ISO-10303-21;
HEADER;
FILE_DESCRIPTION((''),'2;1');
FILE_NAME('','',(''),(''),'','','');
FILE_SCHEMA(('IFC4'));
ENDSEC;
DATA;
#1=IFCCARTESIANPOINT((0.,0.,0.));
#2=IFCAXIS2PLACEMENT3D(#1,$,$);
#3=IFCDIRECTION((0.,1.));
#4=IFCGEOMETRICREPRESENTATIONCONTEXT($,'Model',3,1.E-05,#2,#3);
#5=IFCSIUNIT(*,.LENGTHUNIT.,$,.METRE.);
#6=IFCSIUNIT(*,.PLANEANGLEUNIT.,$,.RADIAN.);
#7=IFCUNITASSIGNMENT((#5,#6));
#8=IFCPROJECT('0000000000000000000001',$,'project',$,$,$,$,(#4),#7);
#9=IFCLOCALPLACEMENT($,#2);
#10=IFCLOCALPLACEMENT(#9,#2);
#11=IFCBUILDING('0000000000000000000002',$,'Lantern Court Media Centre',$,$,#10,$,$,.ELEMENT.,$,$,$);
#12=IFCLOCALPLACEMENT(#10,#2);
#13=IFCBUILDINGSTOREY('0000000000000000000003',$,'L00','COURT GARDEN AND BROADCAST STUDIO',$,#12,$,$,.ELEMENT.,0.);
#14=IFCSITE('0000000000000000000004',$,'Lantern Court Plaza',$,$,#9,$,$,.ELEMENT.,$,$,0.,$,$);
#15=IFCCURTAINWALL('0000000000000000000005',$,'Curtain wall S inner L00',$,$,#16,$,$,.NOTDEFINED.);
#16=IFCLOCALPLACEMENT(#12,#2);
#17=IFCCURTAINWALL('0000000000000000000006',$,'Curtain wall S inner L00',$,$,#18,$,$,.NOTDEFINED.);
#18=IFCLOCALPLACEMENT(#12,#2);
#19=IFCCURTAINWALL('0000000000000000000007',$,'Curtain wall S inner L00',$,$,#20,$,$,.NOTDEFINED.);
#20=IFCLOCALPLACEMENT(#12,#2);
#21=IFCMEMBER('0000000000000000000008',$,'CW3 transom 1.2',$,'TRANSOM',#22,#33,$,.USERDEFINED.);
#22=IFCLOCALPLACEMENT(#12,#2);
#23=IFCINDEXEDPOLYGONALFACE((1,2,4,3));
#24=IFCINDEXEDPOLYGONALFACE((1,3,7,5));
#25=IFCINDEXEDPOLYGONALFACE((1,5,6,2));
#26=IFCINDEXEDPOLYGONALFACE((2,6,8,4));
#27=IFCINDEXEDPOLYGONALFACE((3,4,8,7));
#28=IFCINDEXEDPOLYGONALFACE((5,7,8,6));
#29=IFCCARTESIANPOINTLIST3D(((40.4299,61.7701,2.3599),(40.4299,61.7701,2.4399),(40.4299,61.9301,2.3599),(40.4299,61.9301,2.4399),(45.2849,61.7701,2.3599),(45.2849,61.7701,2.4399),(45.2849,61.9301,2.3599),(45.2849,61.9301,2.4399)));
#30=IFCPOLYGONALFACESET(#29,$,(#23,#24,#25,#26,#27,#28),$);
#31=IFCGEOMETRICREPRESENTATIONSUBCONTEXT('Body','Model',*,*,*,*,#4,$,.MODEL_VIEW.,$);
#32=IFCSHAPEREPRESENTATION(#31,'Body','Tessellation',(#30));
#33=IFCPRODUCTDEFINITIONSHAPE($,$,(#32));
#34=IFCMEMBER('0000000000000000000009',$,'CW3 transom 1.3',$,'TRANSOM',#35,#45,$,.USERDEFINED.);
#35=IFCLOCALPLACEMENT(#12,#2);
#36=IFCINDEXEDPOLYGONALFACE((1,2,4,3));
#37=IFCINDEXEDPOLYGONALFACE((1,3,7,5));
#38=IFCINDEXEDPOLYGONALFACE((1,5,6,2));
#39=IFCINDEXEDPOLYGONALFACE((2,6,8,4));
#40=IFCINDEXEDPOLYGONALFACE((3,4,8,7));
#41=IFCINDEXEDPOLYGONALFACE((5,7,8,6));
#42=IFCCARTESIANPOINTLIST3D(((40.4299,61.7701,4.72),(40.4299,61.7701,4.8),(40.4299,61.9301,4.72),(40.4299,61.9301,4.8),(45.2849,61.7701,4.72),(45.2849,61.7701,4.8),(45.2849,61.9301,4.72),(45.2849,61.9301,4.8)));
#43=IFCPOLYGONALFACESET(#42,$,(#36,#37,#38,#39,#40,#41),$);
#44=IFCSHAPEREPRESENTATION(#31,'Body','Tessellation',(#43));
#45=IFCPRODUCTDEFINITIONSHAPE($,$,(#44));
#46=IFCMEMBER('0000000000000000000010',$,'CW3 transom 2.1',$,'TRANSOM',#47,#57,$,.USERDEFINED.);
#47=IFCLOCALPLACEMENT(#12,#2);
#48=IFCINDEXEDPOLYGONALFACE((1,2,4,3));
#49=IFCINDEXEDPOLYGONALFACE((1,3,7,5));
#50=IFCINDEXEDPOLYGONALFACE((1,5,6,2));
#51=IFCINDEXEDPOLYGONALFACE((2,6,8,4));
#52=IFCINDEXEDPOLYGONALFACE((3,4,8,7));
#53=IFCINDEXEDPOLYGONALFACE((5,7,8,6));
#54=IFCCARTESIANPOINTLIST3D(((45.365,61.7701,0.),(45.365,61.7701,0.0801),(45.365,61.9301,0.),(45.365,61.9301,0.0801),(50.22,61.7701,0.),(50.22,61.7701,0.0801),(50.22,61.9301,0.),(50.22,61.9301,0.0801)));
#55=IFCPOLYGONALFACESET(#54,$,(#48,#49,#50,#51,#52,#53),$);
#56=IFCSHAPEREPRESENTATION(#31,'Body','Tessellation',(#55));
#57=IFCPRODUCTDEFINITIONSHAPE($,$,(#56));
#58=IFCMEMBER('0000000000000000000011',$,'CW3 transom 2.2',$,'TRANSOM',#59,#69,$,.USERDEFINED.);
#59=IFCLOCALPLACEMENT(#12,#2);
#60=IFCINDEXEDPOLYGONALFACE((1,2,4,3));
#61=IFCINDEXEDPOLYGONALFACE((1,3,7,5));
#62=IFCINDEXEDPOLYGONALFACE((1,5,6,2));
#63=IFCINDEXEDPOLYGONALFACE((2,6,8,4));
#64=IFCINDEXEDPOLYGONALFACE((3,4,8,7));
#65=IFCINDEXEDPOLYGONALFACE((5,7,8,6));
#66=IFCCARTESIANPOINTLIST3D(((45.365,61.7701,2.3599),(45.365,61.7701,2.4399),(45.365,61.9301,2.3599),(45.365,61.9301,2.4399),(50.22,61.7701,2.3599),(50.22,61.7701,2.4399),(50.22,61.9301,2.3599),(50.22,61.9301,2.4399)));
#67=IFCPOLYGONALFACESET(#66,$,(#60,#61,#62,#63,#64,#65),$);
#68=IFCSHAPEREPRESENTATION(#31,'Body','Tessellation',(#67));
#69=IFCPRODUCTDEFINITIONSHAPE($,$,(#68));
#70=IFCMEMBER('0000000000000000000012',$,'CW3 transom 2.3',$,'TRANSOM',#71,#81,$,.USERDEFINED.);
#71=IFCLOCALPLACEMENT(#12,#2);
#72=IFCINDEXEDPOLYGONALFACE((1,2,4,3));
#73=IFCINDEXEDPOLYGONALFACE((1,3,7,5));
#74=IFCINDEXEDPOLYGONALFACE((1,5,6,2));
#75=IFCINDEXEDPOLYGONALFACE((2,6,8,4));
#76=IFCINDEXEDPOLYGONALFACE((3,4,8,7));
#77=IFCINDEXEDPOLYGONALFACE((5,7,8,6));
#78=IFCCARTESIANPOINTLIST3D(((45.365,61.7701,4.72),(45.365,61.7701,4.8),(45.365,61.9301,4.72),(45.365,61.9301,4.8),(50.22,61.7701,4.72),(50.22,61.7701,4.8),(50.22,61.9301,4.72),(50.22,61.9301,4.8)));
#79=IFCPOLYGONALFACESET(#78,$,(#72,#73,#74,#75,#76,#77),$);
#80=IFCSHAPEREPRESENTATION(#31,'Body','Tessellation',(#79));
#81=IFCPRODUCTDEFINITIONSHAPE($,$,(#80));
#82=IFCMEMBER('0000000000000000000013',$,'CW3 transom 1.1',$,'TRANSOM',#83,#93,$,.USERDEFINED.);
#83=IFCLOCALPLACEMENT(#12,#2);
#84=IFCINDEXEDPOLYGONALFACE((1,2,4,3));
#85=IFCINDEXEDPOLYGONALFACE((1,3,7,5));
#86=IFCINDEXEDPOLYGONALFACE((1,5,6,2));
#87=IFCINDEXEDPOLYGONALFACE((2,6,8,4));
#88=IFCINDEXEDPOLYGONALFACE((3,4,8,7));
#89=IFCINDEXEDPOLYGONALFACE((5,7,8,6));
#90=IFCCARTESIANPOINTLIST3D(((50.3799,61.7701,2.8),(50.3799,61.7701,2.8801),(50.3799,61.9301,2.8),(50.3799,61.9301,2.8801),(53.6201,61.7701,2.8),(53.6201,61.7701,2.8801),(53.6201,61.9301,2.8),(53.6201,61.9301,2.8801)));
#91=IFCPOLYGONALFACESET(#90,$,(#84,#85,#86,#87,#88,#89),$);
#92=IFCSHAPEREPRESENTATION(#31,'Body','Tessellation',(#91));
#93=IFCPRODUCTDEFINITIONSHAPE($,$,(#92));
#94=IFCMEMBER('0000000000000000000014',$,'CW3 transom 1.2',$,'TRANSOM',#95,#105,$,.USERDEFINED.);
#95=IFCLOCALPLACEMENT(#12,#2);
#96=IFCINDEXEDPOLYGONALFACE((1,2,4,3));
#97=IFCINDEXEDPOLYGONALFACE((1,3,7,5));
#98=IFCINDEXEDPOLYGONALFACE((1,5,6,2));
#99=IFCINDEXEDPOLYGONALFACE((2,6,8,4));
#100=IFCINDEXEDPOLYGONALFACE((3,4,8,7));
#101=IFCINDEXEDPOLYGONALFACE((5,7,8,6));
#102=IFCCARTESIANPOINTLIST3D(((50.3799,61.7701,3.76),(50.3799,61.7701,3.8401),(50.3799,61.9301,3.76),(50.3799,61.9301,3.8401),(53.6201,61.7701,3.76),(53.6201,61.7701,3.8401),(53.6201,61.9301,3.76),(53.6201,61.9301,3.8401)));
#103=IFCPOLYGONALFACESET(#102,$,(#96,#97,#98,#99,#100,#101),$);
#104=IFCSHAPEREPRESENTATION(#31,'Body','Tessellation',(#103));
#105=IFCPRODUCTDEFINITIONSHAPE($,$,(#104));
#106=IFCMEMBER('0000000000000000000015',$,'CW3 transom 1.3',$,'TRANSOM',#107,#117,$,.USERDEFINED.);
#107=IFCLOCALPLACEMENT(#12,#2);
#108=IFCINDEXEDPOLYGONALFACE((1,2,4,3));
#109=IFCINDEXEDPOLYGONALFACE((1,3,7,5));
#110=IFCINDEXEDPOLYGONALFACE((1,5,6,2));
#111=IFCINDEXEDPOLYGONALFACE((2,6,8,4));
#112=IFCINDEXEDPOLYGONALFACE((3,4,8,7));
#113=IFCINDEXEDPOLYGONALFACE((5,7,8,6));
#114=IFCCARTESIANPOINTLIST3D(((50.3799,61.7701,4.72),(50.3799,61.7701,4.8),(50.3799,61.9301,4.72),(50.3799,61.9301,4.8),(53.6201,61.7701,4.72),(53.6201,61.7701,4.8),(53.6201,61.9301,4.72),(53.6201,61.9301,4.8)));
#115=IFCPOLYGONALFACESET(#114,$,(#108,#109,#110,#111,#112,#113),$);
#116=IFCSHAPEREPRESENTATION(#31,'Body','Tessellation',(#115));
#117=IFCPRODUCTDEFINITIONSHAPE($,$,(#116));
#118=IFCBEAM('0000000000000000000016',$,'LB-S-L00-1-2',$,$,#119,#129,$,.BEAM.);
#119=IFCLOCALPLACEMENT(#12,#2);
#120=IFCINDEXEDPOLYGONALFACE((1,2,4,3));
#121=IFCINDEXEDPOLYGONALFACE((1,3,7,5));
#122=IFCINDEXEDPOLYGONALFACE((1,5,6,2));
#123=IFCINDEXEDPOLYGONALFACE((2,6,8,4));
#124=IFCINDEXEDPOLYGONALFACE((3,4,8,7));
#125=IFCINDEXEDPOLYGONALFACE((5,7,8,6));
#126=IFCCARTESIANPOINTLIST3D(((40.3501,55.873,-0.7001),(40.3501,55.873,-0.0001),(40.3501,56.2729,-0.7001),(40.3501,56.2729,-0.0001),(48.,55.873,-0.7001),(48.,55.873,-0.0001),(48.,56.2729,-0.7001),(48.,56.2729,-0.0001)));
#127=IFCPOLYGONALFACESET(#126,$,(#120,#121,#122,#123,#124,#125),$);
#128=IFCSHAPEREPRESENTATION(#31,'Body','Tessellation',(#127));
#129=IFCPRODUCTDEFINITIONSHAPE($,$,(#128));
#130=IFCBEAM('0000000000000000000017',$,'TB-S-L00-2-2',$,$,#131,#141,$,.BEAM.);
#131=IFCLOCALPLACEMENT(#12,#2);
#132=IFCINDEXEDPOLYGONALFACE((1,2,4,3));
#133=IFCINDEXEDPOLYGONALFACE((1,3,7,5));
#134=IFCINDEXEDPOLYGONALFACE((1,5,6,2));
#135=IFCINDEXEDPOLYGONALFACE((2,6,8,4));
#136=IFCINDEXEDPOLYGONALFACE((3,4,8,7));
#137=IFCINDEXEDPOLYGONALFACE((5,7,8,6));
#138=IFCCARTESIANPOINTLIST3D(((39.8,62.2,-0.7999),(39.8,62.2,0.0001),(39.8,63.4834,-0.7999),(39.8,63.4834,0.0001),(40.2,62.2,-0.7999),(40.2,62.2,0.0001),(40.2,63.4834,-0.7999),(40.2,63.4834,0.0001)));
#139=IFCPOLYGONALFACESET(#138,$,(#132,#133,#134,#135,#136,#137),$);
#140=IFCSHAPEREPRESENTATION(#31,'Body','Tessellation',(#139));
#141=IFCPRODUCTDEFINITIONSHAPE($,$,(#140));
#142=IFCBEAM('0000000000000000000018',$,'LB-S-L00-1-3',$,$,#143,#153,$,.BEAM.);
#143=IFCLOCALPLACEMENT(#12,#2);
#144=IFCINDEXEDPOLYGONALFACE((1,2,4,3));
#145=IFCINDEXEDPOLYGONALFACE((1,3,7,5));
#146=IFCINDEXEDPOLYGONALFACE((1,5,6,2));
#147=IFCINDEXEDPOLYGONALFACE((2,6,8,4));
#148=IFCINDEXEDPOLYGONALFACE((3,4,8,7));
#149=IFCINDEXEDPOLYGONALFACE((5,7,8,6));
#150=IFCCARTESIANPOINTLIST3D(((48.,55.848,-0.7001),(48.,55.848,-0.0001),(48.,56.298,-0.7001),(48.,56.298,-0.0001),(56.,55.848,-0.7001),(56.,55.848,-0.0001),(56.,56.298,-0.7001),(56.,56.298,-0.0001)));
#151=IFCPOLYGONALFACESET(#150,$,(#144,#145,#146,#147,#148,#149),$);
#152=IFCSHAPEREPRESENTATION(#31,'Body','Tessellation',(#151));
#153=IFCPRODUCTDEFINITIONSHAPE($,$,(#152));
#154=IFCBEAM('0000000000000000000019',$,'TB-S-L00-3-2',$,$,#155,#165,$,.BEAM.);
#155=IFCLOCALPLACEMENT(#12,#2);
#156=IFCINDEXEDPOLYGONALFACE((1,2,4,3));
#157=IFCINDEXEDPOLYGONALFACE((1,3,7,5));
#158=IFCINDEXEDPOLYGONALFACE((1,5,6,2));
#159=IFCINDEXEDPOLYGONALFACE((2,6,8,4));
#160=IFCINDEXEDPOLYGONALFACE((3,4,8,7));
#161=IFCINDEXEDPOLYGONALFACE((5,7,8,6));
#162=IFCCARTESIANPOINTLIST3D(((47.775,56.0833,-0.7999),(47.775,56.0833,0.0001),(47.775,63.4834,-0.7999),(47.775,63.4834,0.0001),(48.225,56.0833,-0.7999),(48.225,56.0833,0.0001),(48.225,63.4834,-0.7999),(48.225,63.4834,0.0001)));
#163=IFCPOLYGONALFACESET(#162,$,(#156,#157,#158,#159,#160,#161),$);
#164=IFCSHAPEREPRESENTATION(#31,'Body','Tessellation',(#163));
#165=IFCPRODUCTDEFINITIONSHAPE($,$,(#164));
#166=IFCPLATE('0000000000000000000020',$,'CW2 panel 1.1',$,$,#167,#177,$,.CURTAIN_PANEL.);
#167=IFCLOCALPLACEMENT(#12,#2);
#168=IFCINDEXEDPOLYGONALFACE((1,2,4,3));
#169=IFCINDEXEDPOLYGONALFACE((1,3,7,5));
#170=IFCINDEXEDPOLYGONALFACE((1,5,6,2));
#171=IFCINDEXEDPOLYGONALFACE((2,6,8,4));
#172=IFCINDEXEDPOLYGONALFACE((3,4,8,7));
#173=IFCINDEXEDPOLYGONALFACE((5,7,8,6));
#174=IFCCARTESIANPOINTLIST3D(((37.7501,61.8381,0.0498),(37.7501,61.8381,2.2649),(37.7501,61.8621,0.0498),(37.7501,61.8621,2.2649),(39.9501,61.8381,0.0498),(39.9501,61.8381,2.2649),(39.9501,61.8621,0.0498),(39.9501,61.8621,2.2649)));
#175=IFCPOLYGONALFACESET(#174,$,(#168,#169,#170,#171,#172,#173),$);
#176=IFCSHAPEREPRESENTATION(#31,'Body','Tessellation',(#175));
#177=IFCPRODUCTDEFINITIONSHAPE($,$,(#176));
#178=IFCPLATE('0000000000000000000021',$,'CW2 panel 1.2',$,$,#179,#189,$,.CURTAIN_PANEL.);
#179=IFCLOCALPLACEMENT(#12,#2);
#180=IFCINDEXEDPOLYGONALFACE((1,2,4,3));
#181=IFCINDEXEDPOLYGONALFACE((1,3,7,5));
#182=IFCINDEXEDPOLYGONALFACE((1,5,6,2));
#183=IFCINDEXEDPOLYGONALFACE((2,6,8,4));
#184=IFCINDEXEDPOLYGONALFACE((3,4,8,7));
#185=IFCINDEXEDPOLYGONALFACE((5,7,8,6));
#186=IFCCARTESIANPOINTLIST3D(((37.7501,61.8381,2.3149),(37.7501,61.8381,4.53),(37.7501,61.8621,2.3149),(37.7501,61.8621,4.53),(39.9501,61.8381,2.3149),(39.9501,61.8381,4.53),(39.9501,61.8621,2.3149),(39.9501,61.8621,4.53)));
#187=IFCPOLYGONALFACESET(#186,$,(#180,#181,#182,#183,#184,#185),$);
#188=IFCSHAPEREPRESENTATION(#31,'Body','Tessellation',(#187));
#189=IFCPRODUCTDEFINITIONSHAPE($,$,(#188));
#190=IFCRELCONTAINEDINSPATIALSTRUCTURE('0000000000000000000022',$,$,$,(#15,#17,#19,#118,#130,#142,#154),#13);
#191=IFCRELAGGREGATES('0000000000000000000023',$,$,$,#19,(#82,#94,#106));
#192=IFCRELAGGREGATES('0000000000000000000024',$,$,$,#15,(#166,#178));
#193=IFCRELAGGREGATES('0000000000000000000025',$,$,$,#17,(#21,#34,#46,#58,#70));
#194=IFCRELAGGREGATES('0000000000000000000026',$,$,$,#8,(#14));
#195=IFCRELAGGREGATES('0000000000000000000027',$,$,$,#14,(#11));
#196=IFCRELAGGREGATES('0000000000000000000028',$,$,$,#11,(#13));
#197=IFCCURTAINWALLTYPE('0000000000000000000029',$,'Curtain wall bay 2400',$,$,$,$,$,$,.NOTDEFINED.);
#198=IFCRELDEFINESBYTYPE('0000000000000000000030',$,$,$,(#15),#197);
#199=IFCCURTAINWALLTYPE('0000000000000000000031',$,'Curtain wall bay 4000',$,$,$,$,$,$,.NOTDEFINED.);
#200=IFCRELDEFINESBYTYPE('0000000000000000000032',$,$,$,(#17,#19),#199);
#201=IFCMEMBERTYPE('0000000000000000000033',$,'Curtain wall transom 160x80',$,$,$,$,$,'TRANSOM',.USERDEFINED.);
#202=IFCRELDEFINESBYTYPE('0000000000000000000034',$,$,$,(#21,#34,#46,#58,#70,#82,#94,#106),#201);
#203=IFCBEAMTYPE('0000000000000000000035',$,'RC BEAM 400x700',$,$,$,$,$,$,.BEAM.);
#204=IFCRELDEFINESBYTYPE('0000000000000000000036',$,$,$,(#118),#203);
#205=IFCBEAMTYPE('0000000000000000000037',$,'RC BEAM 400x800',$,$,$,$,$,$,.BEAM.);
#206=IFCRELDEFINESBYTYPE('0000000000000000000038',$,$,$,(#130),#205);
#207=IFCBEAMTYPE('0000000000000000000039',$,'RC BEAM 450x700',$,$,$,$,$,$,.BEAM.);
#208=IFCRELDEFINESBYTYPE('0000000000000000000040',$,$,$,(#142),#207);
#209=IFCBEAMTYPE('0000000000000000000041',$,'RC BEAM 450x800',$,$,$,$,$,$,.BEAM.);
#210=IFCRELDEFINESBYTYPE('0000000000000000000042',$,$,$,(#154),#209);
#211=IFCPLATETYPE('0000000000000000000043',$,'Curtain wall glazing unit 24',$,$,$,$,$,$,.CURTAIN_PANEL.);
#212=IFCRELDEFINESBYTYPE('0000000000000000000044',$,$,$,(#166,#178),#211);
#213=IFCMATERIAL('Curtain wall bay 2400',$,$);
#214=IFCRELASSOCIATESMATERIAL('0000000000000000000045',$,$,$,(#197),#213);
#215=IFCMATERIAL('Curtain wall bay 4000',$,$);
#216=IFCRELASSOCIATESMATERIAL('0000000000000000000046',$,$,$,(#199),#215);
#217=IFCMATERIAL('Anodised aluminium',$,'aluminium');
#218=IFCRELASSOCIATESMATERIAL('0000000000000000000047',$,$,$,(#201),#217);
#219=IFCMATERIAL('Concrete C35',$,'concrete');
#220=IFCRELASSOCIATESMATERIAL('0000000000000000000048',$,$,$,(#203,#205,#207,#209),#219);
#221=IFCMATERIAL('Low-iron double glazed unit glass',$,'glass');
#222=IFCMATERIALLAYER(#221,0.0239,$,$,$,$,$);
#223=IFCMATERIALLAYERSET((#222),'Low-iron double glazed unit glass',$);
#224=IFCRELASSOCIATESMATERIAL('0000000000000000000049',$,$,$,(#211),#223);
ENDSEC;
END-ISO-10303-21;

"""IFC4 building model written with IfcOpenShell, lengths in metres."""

from ifc_helpers import new_model, si_unit, direction, frame, origin, origin_2d, place, context, subcontext, project, spatial, rectangle, extrude, material, layer, layer_set, material_profile, profile_set, type_object, element, aggregate, save


model = new_model("IFC4")

# Units and contexts
model_context = context("Model", 3, precision=1e-05, world=origin(), true_north=direction((0.0, 1.0)))
body_context = subcontext(model_context, "Body", "Model", "MODEL_VIEW")
ifc_project = project(units=[si_unit("LENGTHUNIT", "METRE"), si_unit("PLANEANGLEUNIT", "RADIAN")], contexts=[model_context])

# Site, building, storey
site_placement = place(None, origin())
site = spatial("IfcSite", under=ifc_project, at=site_placement, Name="Lantern Court Plaza", CompositionType="ELEMENT", RefElevation=0.0)
building_placement = place(site_placement, origin())
building = spatial("IfcBuilding", under=site, at=building_placement, Name="Lantern Court Media Centre", CompositionType="ELEMENT")
storey_placement = place(building_placement, origin())
storey = spatial("IfcBuildingStorey", under=building, at=storey_placement, Name="L00", Description="COURT GARDEN AND BROADCAST STUDIO", CompositionType="ELEMENT", Elevation=0.0)

# Curtain wall
ifc_material_1 = material(Name="Curtain wall bay 2400")
curtain_wall_type_1 = type_object("IfcCurtainWallType", Name="Curtain wall bay 2400", PredefinedType="NOTDEFINED", material=ifc_material_1)
curtain_wall_1_placement = place(storey_placement, origin())
curtain_wall_1 = element("IfcCurtainWall", 1, at=curtain_wall_1_placement, inside=storey, type_object=curtain_wall_type_1, Name="Curtain wall S inner L00", PredefinedType="NOTDEFINED")
ifc_material_2 = material(Name="Anodised aluminium", Category="aluminium")

# Curtain wall
ifc_material_3 = material(Name="Curtain wall bay 4000")
curtain_wall_type_2 = type_object("IfcCurtainWallType", Name="Curtain wall bay 4000", PredefinedType="NOTDEFINED", material=ifc_material_3)
curtain_wall_2_placement = place(storey_placement, origin())
curtain_wall_2 = element("IfcCurtainWall", 2, at=curtain_wall_2_placement, inside=storey, type_object=curtain_wall_type_2, Name="Curtain wall S inner L00", PredefinedType="NOTDEFINED")

# Curtain wall
curtain_wall_3_placement = place(storey_placement, origin())
curtain_wall_3 = element("IfcCurtainWall", 3, at=curtain_wall_3_placement, inside=storey, type_object=curtain_wall_type_2, Name="Curtain wall S inner L00", PredefinedType="NOTDEFINED")

# Shared definitions
ifc_material_profile_1 = material_profile(ifc_material_2, rectangle(XDim=0.1599, YDim=0.0801, at=origin_2d()), Name="AL 80x160")
ifc_profile_set_1 = profile_set([ifc_material_profile_1], Name="Anodised aluminium")
member_type_1 = type_object("IfcMemberType", Name="Curtain wall transom 160x80", ElementType="TRANSOM", PredefinedType="USERDEFINED", material=ifc_profile_set_1)

# Members
member_1_placement = place(storey_placement, frame((40.4299, 61.8501, 2.3999), z_axis=(1.0, 0.0, 0.0), x_axis=(0.0, 1.0, 0.0)))
member_1 = element("IfcMember", 4, at=member_1_placement, type_object=member_type_1, Name="CW3 transom 1.2", ObjectType="TRANSOM", PredefinedType="USERDEFINED", context=body_context, shape_type="SweptSolid", body=[
    extrude(rectangle(XDim=0.1599, YDim=0.0801, at=origin_2d()), origin(), (0.0, 0.0, 1.0), 4.855),
])
member_2_placement = place(storey_placement, frame((40.4299, 61.8501, 4.76), z_axis=(1.0, 0.0, 0.0), x_axis=(0.0, 1.0, 0.0)))
member_2 = element("IfcMember", 5, at=member_2_placement, type_object=member_type_1, Name="CW3 transom 1.3", ObjectType="TRANSOM", PredefinedType="USERDEFINED", context=body_context, shape_type="SweptSolid", body=[
    extrude(rectangle(XDim=0.1599, YDim=0.0801, at=origin_2d()), origin(), (0.0, 0.0, 1.0), 4.855),
])
member_3_placement = place(storey_placement, frame((45.365, 61.8501, 0.04), z_axis=(1.0, 0.0, 0.0), x_axis=(0.0, 1.0, 0.0)))
member_3 = element("IfcMember", 6, at=member_3_placement, type_object=member_type_1, Name="CW3 transom 2.1", ObjectType="TRANSOM", PredefinedType="USERDEFINED", context=body_context, shape_type="SweptSolid", body=[
    extrude(rectangle(XDim=0.1599, YDim=0.0801, at=origin_2d()), origin(), (0.0, 0.0, 1.0), 4.855),
])
member_4_placement = place(storey_placement, frame((45.365, 61.8501, 2.3999), z_axis=(1.0, 0.0, 0.0), x_axis=(0.0, 1.0, 0.0)))
member_4 = element("IfcMember", 7, at=member_4_placement, type_object=member_type_1, Name="CW3 transom 2.2", ObjectType="TRANSOM", PredefinedType="USERDEFINED", context=body_context, shape_type="SweptSolid", body=[
    extrude(rectangle(XDim=0.1599, YDim=0.0801, at=origin_2d()), origin(), (0.0, 0.0, 1.0), 4.855),
])
member_5_placement = place(storey_placement, frame((45.365, 61.8501, 4.76), z_axis=(1.0, 0.0, 0.0), x_axis=(0.0, 1.0, 0.0)))
member_5 = element("IfcMember", 8, at=member_5_placement, type_object=member_type_1, Name="CW3 transom 2.3", ObjectType="TRANSOM", PredefinedType="USERDEFINED", context=body_context, shape_type="SweptSolid", body=[
    extrude(rectangle(XDim=0.1599, YDim=0.0801, at=origin_2d()), origin(), (0.0, 0.0, 1.0), 4.855),
])
member_6_placement = place(storey_placement, frame((50.3799, 61.8501, 2.8401), z_axis=(1.0, 0.0, 0.0), x_axis=(0.0, 1.0, 0.0)))
member_6 = element("IfcMember", 9, at=member_6_placement, type_object=member_type_1, Name="CW3 transom 1.1", ObjectType="TRANSOM", PredefinedType="USERDEFINED", context=body_context, shape_type="SweptSolid", body=[
    extrude(rectangle(XDim=0.1599, YDim=0.0801, at=origin_2d()), origin(), (0.0, 0.0, 1.0), 3.2402),
])
member_7_placement = place(storey_placement, frame((50.3799, 61.8501, 3.8), z_axis=(1.0, 0.0, 0.0), x_axis=(0.0, 1.0, 0.0)))
member_7 = element("IfcMember", 10, at=member_7_placement, type_object=member_type_1, Name="CW3 transom 1.2", ObjectType="TRANSOM", PredefinedType="USERDEFINED", context=body_context, shape_type="SweptSolid", body=[
    extrude(rectangle(XDim=0.1599, YDim=0.0801, at=origin_2d()), origin(), (0.0, 0.0, 1.0), 3.2402),
])
member_8_placement = place(storey_placement, frame((50.3799, 61.8501, 4.76), z_axis=(1.0, 0.0, 0.0), x_axis=(0.0, 1.0, 0.0)))
member_8 = element("IfcMember", 11, at=member_8_placement, type_object=member_type_1, Name="CW3 transom 1.3", ObjectType="TRANSOM", PredefinedType="USERDEFINED", context=body_context, shape_type="SweptSolid", body=[
    extrude(rectangle(XDim=0.1599, YDim=0.0801, at=origin_2d()), origin(), (0.0, 0.0, 1.0), 3.2402),
])
aggregate(curtain_wall_3, [member_6, member_7, member_8])

# Beams
ifc_material_4 = material(Name="Concrete C35", Category="concrete")
ifc_material_profile_2 = material_profile(ifc_material_4, rectangle(XDim=0.3999, YDim=0.7, at=origin_2d()), Name="RC 400x700")
ifc_profile_set_2 = profile_set([ifc_material_profile_2], Name="Concrete C35")
beam_type_1 = type_object("IfcBeamType", Name="RC BEAM 400x700", PredefinedType="BEAM", material=ifc_profile_set_2)
beam_1_placement = place(storey_placement, frame((40.3501, 56.073, -0.3501), z_axis=(1.0, 0.0, 0.0), x_axis=(0.0, 1.0, 0.0)))
element("IfcBeam", 12, at=beam_1_placement, inside=storey, type_object=beam_type_1, Name="LB-S-L00-1-2", PredefinedType="BEAM", context=body_context, shape_type="SweptSolid", body=[
    extrude(rectangle(XDim=0.3999, YDim=0.7, at=origin_2d()), origin(), (0.0, 0.0, 1.0), 7.6499),
])
ifc_material_profile_3 = material_profile(ifc_material_4, rectangle(XDim=0.3999, YDim=0.8, at=origin_2d()), Name="RC 400x800")
ifc_profile_set_3 = profile_set([ifc_material_profile_3], Name="Concrete C35")
beam_type_2 = type_object("IfcBeamType", Name="RC BEAM 400x800", PredefinedType="BEAM", material=ifc_profile_set_3)
beam_2_placement = place(storey_placement, frame((40.0, 62.2, -0.3999), z_axis=(0.0, 1.0, 0.0), x_axis=(-1.0, 0.0, 0.0)))
element("IfcBeam", 13, at=beam_2_placement, inside=storey, type_object=beam_type_2, Name="TB-S-L00-2-2", PredefinedType="BEAM", context=body_context, shape_type="SweptSolid", body=[
    extrude(rectangle(XDim=0.3999, YDim=0.8, at=origin_2d()), origin(), (0.0, 0.0, 1.0), 1.2834),
])
ifc_material_profile_4 = material_profile(ifc_material_4, rectangle(XDim=0.45, YDim=0.7, at=origin_2d()), Name="RC 450x700")
ifc_profile_set_4 = profile_set([ifc_material_profile_4], Name="Concrete C35")
beam_type_3 = type_object("IfcBeamType", Name="RC BEAM 450x700", PredefinedType="BEAM", material=ifc_profile_set_4)
beam_3_placement = place(storey_placement, frame((48.0, 56.073, -0.3501), z_axis=(1.0, 0.0, 0.0), x_axis=(0.0, 1.0, 0.0)))
element("IfcBeam", 14, at=beam_3_placement, inside=storey, type_object=beam_type_3, Name="LB-S-L00-1-3", PredefinedType="BEAM", context=body_context, shape_type="SweptSolid", body=[
    extrude(rectangle(XDim=0.45, YDim=0.7, at=origin_2d()), origin(), (0.0, 0.0, 1.0), 8.0),
])
ifc_material_profile_5 = material_profile(ifc_material_4, rectangle(XDim=0.45, YDim=0.8, at=origin_2d()), Name="RC 450x800")
ifc_profile_set_5 = profile_set([ifc_material_profile_5], Name="Concrete C35")
beam_type_4 = type_object("IfcBeamType", Name="RC BEAM 450x800", PredefinedType="BEAM", material=ifc_profile_set_5)
beam_4_placement = place(storey_placement, frame((48.0, 56.0833, -0.3999), z_axis=(0.0, 1.0, 0.0), x_axis=(-1.0, 0.0, 0.0)))
element("IfcBeam", 15, at=beam_4_placement, inside=storey, type_object=beam_type_4, Name="TB-S-L00-3-2", PredefinedType="BEAM", context=body_context, shape_type="SweptSolid", body=[
    extrude(rectangle(XDim=0.45, YDim=0.8, at=origin_2d()), origin(), (0.0, 0.0, 1.0), 7.4001),
])

# Plates
ifc_material_5 = material(Name="Low-iron double glazed unit glass", Category="glass")
ifc_layer_1 = layer(ifc_material_5, 0.0239)
ifc_layer_set_1 = layer_set([ifc_layer_1], Name="Low-iron double glazed unit glass")
plate_type_1 = type_object("IfcPlateType", Name="Curtain wall glazing unit 24", PredefinedType="CURTAIN_PANEL", material=ifc_layer_set_1)
plate_1_placement = place(storey_placement, frame((38.8501, 61.8501, 0.0498), z_axis=(0.0, 0.0, 1.0), x_axis=(1.0, 0.0, 0.0)))
plate_1 = element("IfcPlate", 16, at=plate_1_placement, type_object=plate_type_1, Name="CW2 panel 1.1", PredefinedType="CURTAIN_PANEL", context=body_context, shape_type="SweptSolid", body=[
    extrude(rectangle(XDim=2.2, YDim=0.0239, at=origin_2d()), origin(), (0.0, 0.0, 1.0), 2.2151),
])
plate_2_placement = place(storey_placement, frame((38.8501, 61.8501, 2.3149), z_axis=(0.0, 0.0, 1.0), x_axis=(1.0, 0.0, 0.0)))
plate_2 = element("IfcPlate", 17, at=plate_2_placement, type_object=plate_type_1, Name="CW2 panel 1.2", PredefinedType="CURTAIN_PANEL", context=body_context, shape_type="SweptSolid", body=[
    extrude(rectangle(XDim=2.2, YDim=0.0239, at=origin_2d()), origin(), (0.0, 0.0, 1.0), 2.2151),
])
aggregate(curtain_wall_1, [plate_1, plate_2])
aggregate(curtain_wall_2, [member_1, member_2, member_3, member_4, member_5])

save(model, "model.ifc")
